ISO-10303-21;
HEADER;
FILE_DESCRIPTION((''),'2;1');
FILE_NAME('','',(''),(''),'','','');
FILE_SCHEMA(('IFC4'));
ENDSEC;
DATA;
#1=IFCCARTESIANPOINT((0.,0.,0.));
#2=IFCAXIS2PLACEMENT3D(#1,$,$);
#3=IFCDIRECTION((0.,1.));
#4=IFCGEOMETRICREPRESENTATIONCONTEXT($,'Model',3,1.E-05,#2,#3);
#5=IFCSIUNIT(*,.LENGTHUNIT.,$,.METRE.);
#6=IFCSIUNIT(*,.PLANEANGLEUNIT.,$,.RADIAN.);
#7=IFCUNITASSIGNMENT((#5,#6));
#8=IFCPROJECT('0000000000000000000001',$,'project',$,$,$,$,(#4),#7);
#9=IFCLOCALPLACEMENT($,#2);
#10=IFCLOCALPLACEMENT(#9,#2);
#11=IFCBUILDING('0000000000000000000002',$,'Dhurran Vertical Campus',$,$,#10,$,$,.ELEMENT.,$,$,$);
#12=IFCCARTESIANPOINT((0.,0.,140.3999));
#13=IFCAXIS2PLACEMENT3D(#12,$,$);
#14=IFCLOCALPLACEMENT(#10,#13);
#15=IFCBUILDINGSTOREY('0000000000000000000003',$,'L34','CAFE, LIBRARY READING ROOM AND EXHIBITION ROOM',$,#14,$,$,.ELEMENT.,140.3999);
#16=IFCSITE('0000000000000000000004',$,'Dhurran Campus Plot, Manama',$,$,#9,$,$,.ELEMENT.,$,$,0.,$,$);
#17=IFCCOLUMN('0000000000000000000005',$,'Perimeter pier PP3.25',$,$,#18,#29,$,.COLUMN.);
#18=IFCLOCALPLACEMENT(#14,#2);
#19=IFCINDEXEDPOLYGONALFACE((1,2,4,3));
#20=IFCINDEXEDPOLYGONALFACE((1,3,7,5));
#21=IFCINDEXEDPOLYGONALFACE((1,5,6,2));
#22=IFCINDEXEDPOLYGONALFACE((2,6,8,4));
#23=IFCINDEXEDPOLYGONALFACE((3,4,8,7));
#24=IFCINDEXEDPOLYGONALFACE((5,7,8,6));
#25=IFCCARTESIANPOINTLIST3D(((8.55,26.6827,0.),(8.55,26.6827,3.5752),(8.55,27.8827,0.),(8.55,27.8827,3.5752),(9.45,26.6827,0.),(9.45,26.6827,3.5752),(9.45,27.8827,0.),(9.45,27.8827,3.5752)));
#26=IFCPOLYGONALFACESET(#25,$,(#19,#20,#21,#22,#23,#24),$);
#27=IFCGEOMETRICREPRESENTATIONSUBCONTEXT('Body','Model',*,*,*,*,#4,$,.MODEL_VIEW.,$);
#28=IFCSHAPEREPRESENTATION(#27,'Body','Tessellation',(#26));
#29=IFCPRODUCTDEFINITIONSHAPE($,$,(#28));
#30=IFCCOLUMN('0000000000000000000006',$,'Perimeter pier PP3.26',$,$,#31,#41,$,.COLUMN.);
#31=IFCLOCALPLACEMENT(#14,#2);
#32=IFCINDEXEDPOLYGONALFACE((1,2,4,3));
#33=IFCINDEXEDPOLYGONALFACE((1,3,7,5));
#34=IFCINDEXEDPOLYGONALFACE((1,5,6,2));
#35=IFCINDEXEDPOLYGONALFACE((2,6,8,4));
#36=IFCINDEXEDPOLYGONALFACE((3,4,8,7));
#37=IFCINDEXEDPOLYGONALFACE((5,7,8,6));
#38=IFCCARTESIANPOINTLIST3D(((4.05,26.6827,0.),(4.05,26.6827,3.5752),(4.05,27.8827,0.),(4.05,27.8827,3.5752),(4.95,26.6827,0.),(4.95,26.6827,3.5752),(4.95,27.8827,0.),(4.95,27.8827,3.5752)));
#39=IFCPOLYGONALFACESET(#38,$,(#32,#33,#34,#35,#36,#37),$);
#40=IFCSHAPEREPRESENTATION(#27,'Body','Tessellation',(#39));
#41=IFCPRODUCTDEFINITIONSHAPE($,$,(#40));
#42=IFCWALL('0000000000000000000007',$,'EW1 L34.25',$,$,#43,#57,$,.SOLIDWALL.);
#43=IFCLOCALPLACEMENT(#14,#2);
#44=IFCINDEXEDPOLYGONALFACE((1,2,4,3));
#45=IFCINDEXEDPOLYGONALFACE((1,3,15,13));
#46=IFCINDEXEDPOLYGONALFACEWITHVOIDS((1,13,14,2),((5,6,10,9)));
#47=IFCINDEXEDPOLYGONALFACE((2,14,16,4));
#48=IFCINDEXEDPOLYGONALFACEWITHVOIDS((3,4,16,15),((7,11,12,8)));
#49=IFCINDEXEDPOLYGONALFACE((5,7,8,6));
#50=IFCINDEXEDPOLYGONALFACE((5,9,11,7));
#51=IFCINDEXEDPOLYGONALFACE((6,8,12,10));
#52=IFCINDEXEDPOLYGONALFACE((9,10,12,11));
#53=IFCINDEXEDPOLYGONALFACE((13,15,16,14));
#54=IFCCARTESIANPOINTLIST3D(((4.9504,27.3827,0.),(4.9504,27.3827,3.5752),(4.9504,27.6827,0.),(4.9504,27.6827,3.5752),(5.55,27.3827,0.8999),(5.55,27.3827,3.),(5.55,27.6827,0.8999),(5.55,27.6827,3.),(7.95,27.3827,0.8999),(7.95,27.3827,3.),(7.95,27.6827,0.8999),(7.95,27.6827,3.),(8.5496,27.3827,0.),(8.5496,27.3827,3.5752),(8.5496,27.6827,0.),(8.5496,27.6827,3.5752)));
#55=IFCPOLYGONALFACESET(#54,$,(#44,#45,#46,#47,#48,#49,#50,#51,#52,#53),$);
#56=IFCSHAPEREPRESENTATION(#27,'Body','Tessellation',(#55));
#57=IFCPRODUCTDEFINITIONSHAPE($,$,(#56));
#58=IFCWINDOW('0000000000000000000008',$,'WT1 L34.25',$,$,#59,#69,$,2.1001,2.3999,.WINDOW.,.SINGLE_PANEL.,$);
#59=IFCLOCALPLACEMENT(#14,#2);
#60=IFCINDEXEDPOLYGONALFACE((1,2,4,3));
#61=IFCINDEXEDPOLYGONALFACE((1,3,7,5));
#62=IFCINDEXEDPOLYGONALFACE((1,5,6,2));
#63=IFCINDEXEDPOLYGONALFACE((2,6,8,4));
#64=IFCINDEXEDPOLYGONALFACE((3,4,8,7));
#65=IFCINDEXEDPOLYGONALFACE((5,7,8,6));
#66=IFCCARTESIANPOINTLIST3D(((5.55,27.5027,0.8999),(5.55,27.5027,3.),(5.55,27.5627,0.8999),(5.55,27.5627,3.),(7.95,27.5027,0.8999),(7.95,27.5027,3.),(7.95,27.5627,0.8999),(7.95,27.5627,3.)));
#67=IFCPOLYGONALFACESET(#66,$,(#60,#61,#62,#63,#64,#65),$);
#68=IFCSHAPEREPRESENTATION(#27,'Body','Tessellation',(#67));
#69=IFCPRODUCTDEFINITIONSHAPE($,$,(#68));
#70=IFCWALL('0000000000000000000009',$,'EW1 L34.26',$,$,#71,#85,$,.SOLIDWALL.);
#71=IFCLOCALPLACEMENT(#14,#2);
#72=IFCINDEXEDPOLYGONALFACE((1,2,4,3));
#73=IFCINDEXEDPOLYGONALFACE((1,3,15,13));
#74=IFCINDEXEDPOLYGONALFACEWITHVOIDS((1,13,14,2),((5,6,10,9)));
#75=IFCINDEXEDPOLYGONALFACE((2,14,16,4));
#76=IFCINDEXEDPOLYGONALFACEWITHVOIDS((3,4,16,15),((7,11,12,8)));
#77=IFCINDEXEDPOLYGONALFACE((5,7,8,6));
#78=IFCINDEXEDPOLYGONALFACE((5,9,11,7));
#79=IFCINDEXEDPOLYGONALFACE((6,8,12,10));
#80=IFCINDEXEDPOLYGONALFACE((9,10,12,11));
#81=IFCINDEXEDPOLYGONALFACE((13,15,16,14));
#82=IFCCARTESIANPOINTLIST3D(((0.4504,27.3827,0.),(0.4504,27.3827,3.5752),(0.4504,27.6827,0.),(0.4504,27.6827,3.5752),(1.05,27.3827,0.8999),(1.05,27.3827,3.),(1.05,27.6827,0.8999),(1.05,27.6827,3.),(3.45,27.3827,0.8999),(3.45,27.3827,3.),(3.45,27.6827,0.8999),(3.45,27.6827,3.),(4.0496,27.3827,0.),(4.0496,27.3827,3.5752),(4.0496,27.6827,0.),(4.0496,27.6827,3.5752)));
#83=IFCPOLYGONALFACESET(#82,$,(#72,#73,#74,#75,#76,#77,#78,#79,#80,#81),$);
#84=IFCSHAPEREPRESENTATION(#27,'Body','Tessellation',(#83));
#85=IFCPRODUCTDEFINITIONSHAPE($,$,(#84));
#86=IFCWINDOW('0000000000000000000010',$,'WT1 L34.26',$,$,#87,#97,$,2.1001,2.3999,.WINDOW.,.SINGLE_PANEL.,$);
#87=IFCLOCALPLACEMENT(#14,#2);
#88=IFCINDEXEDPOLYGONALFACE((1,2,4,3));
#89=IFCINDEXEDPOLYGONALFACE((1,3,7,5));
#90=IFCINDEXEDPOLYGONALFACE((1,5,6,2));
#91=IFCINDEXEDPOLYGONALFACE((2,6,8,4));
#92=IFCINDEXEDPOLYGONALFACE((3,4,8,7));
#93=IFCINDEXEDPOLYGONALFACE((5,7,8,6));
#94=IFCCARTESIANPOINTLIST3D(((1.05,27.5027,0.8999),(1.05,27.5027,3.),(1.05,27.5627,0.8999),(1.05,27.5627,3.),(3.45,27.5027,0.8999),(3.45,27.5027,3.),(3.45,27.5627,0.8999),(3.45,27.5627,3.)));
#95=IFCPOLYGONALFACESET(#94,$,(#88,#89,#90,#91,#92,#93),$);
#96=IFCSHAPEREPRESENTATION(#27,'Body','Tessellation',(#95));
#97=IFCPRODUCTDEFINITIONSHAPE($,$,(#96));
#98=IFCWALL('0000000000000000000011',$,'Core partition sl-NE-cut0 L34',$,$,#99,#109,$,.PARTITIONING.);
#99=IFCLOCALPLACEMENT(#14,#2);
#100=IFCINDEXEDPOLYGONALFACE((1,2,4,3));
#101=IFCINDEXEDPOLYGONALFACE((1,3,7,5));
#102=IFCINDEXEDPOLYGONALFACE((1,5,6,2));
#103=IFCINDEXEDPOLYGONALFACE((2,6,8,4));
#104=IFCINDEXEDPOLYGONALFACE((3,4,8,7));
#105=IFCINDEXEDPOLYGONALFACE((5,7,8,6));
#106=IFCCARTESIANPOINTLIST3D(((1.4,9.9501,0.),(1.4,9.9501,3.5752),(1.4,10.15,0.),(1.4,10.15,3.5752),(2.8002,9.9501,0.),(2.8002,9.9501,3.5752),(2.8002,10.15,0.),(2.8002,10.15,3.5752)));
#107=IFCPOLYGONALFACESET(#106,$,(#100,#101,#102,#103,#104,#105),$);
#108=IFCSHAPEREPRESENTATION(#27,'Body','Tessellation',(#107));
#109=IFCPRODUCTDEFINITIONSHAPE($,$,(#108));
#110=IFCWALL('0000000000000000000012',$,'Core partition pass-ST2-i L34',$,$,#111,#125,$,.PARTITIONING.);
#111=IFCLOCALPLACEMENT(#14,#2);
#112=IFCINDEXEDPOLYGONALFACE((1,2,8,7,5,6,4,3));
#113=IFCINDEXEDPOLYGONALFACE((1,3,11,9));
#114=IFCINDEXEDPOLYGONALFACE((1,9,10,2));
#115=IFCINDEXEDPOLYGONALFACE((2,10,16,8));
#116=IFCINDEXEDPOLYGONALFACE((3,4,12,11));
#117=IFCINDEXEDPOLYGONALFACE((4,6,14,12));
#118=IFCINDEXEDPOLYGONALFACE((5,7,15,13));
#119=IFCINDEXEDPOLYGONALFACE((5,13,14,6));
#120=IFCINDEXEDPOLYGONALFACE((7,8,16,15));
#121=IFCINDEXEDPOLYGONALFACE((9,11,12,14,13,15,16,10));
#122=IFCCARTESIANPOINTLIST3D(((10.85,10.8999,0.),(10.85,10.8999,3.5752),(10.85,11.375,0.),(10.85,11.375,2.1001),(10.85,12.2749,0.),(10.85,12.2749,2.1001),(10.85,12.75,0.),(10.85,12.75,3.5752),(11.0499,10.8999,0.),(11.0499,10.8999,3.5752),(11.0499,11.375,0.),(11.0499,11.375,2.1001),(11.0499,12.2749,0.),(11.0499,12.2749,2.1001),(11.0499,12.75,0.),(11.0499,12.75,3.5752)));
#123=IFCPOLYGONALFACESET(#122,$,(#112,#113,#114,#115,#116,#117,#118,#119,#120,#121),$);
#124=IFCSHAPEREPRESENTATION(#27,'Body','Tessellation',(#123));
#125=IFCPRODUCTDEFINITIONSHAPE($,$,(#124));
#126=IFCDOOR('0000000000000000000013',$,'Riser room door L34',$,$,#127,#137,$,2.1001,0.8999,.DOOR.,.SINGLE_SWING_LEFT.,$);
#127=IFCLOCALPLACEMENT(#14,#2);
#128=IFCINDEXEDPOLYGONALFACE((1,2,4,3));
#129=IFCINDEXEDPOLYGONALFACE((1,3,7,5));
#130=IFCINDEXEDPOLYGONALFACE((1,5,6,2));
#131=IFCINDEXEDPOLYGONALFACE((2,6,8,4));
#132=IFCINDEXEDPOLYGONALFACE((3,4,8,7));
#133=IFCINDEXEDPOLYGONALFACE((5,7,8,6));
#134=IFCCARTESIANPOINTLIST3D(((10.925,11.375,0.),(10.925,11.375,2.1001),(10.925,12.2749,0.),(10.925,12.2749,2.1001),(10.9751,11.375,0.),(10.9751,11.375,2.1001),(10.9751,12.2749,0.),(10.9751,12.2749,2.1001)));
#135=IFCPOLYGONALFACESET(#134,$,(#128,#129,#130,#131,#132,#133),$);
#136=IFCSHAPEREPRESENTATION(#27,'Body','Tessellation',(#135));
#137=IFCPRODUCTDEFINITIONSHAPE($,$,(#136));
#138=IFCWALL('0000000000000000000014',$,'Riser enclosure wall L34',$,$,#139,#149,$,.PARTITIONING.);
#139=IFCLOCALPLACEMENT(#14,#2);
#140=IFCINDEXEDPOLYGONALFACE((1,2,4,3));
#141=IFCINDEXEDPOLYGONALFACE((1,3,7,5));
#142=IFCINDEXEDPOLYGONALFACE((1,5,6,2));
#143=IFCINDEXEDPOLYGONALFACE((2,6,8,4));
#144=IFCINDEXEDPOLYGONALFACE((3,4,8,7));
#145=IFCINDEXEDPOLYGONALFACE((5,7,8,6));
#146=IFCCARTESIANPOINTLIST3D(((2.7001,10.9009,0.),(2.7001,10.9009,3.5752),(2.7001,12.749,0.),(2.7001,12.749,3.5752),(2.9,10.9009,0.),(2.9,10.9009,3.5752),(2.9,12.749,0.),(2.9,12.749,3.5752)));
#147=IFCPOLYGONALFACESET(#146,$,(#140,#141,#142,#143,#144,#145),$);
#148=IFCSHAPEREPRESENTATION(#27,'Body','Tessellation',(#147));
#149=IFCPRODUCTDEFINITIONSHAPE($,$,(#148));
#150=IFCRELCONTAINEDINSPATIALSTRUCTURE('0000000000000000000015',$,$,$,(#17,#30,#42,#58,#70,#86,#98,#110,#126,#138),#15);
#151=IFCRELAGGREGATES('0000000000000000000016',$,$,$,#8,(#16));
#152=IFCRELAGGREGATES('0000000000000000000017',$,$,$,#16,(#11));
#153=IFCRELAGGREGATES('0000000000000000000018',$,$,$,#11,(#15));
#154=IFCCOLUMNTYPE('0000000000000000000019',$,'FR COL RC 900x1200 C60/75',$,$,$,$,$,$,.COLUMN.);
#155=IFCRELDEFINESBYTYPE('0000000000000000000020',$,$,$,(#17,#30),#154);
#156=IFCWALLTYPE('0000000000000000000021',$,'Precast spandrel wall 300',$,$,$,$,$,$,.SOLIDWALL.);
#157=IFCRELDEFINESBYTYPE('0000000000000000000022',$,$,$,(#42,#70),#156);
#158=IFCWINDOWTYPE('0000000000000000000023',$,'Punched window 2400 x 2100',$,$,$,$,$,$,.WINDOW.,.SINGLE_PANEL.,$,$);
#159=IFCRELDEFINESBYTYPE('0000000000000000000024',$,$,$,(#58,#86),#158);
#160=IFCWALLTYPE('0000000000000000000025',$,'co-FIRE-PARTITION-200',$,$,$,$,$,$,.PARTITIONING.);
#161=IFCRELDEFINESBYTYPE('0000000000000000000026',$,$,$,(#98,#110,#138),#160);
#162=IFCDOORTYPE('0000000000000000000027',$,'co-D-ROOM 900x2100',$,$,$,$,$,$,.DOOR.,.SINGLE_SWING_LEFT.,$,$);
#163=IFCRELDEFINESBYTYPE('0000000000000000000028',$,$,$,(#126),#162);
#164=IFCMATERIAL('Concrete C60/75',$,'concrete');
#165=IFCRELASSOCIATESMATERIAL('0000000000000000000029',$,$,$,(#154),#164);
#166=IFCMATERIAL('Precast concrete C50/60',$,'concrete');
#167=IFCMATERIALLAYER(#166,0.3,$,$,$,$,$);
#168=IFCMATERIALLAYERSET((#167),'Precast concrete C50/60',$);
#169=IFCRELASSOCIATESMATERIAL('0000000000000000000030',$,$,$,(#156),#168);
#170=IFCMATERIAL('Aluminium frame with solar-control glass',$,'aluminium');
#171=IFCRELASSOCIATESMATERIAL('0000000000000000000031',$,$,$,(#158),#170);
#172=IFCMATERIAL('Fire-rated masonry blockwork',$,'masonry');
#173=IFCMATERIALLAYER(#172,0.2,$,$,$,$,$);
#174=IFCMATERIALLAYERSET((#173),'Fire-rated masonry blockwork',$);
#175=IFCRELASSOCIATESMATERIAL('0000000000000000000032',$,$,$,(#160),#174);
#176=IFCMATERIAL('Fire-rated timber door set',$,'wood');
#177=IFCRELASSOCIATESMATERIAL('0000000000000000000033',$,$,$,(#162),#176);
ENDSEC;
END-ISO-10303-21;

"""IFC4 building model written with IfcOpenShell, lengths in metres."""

from ifc_helpers import new_model, si_unit, direction, frame, frame_2d, origin, origin_2d, place, context, subcontext, project, spatial, rectangle, extrude, material, layer, layer_set, material_profile, profile_set, type_object, element, fill, save


model = new_model("IFC4")

# Units and contexts
model_context = context("Model", 3, precision=1e-05, world=origin(), true_north=direction((0.0, 1.0)))
body_context = subcontext(model_context, "Body", "Model", "MODEL_VIEW")
ifc_project = project(units=[si_unit("LENGTHUNIT", "METRE"), si_unit("PLANEANGLEUNIT", "RADIAN")], contexts=[model_context])

# Site, building, storey
site_placement = place(None, origin())
site = spatial("IfcSite", under=ifc_project, at=site_placement, Name="Dhurran Campus Plot, Manama", CompositionType="ELEMENT", RefElevation=0.0)
building_placement = place(site_placement, origin())
building = spatial("IfcBuilding", under=site, at=building_placement, Name="Dhurran Vertical Campus", CompositionType="ELEMENT")
storey_placement = place(building_placement, frame((0.0, 0.0, 140.3999)))
storey = spatial("IfcBuildingStorey", under=building, at=storey_placement, Name="L34", Description="CAFE, LIBRARY READING ROOM AND EXHIBITION ROOM", CompositionType="ELEMENT", Elevation=140.3999)

# Columns
ifc_material_1 = material(Name="Concrete C60/75", Category="concrete")
ifc_material_profile = material_profile(ifc_material_1, rectangle(XDim=0.8999, YDim=1.2, at=origin_2d()), Name="RC 900x1200")
ifc_profile_set = profile_set([ifc_material_profile], Name="Concrete C60/75")
column_type = type_object("IfcColumnType", Name="FR COL RC 900x1200 C60/75", PredefinedType="COLUMN", material=ifc_profile_set)
for number, where, z_axis, x_axis, name in (
    (1, (9.0, 27.2827, 0.0), (0.0, 0.0, 1.0), (-1.0, 0.0, 0.0), "Perimeter pier PP3.25"),
    (2, (4.5, 27.2827, 0.0), (0.0, 0.0, 1.0), (-1.0, 0.0, 0.0), "Perimeter pier PP3.26"),
):
    element("IfcColumn", number, at=place(storey_placement, frame(where, z_axis=z_axis, x_axis=x_axis)), inside=storey, type_object=column_type, Name=name, PredefinedType="COLUMN", context=body_context, shape_type="SweptSolid", body=[
        extrude(rectangle(XDim=0.8999, YDim=1.2, at=origin_2d()), origin(), (0.0, 0.0, 1.0), 3.5752),
    ])

# Walls, openings, windows
ifc_material_2 = material(Name="Precast concrete C50/60", Category="concrete")
ifc_layer_1 = layer(ifc_material_2, 0.3)
ifc_layer_set_1 = layer_set([ifc_layer_1], Name="Precast concrete C50/60")
wall_type_1 = type_object("IfcWallType", Name="Precast spandrel wall 300", PredefinedType="SOLIDWALL", material=ifc_layer_set_1)
wall_1_placement = place(storey_placement, frame((8.5496, 27.5327, 0.0), z_axis=(0.0, 0.0, 1.0), x_axis=(-1.0, 0.0, 0.0)))
wall_1 = element("IfcWall", 3, at=wall_1_placement, inside=storey, type_object=wall_type_1, Name="EW1 L34.25", PredefinedType="SOLIDWALL", context=body_context, shape_type="SweptSolid", body=[
    extrude(rectangle(XDim=3.5991, YDim=0.3, at=frame_2d((1.7996, 0.0))), origin(), (0.0, 0.0, 1.0), 3.5752),
])
opening_1_placement = place(wall_1_placement, frame((0.5996, 0.0, 0.8999)))
opening_1 = element("IfcOpeningElement", 4, at=opening_1_placement, cuts=wall_1, PredefinedType="OPENING", context=body_context, shape_type="SweptSolid", body=[
    extrude(rectangle(XDim=2.3999, YDim=2.1001, at=frame_2d((1.2, 1.05))), frame((0.0, 0.1599, 0.0), z_axis=(0.0, -1.0, 0.0), x_axis=(1.0, 0.0, 0.0)), (0.0, 0.0, 1.0), 0.3201),
])
ifc_material_3 = material(Name="Aluminium frame with solar-control glass", Category="aluminium")
window_type = type_object("IfcWindowType", Name="Punched window 2400 x 2100", PartitioningType="SINGLE_PANEL", PredefinedType="WINDOW", material=ifc_material_3)
window_1_placement = place(opening_1_placement, origin())
window_1 = element("IfcWindow", 5, at=window_1_placement, inside=storey, type_object=window_type, Name="WT1 L34.25", OverallHeight=2.1001, OverallWidth=2.3999, PartitioningType="SINGLE_PANEL", PredefinedType="WINDOW", context=body_context, shape_type="SweptSolid", body=[
    extrude(rectangle(XDim=2.3999, YDim=2.1001, at=frame_2d((1.2, 1.05))), frame((0.0, 0.03, 0.0), z_axis=(0.0, -1.0, 0.0), x_axis=(1.0, 0.0, 0.0)), (0.0, 0.0, 1.0), 0.0601),
])
fill(opening_1, window_1)
wall_2_placement = place(storey_placement, frame((4.0496, 27.5327, 0.0), z_axis=(0.0, 0.0, 1.0), x_axis=(-1.0, 0.0, 0.0)))
wall_2 = element("IfcWall", 6, at=wall_2_placement, inside=storey, type_object=wall_type_1, Name="EW1 L34.26", PredefinedType="SOLIDWALL", context=body_context, shape_type="SweptSolid", body=[
    extrude(rectangle(XDim=3.5991, YDim=0.3, at=frame_2d((1.7996, 0.0))), origin(), (0.0, 0.0, 1.0), 3.5752),
])
opening_2_placement = place(wall_2_placement, frame((0.5996, 0.0, 0.8999)))
opening_2 = element("IfcOpeningElement", 7, at=opening_2_placement, cuts=wall_2, PredefinedType="OPENING", context=body_context, shape_type="SweptSolid", body=[
    extrude(rectangle(XDim=2.3999, YDim=2.1001, at=frame_2d((1.2, 1.05))), frame((0.0, 0.1599, 0.0), z_axis=(0.0, -1.0, 0.0), x_axis=(1.0, 0.0, 0.0)), (0.0, 0.0, 1.0), 0.3201),
])
window_2_placement = place(opening_2_placement, origin())
window_2 = element("IfcWindow", 8, at=window_2_placement, inside=storey, type_object=window_type, Name="WT1 L34.26", OverallHeight=2.1001, OverallWidth=2.3999, PartitioningType="SINGLE_PANEL", PredefinedType="WINDOW", context=body_context, shape_type="SweptSolid", body=[
    extrude(rectangle(XDim=2.3999, YDim=2.1001, at=frame_2d((1.2, 1.05))), frame((0.0, 0.03, 0.0), z_axis=(0.0, -1.0, 0.0), x_axis=(1.0, 0.0, 0.0)), (0.0, 0.0, 1.0), 0.0601),
])
fill(opening_2, window_2)

# Wall
ifc_material_4 = material(Name="Fire-rated masonry blockwork", Category="masonry")
ifc_layer_2 = layer(ifc_material_4, 0.2)
ifc_layer_set_2 = layer_set([ifc_layer_2], Name="Fire-rated masonry blockwork")
wall_type_2 = type_object("IfcWallType", Name="co-FIRE-PARTITION-200", PredefinedType="PARTITIONING", material=ifc_layer_set_2)
wall_3_placement = place(storey_placement, frame((1.3999, 10.05, 0.0), z_axis=(0.0, 0.0, 1.0), x_axis=(1.0, 0.0, 0.0)))
element("IfcWall", 9, at=wall_3_placement, inside=storey, type_object=wall_type_2, Name="Core partition sl-NE-cut0 L34", PredefinedType="PARTITIONING", context=body_context, shape_type="SweptSolid", body=[
    extrude(rectangle(XDim=1.4001, YDim=0.2, at=frame_2d((0.7002, 0.0))), origin(), (0.0, 0.0, 1.0), 3.5752),
])

# Wall, opening, door
wall_4_placement = place(storey_placement, frame((10.95, 10.8999, 0.0), z_axis=(0.0, 0.0, 1.0), x_axis=(0.0, 1.0, 0.0)))
wall_4 = element("IfcWall", 10, at=wall_4_placement, inside=storey, type_object=wall_type_2, Name="Core partition pass-ST2-i L34", PredefinedType="PARTITIONING", context=body_context, shape_type="SweptSolid", body=[
    extrude(rectangle(XDim=1.8501, YDim=0.2, at=frame_2d((0.925, 0.0))), origin(), (0.0, 0.0, 1.0), 3.5752),
])
opening_3_placement = place(wall_4_placement, frame((0.4751, 0.0, 0.0)))
opening_3 = element("IfcOpeningElement", 11, at=opening_3_placement, cuts=wall_4, PredefinedType="OPENING", context=body_context, shape_type="SweptSolid", body=[
    extrude(rectangle(XDim=0.8999, YDim=2.1001, at=frame_2d((0.45, 1.05))), frame((0.0, 0.1099, 0.0), z_axis=(0.0, -1.0, 0.0), x_axis=(1.0, 0.0, 0.0)), (0.0, 0.0, 1.0), 0.22),
])
ifc_material_5 = material(Name="Fire-rated timber door set", Category="wood")
door_type_1 = type_object("IfcDoorType", Name="co-D-ROOM 900x2100", OperationType="SINGLE_SWING_LEFT", PredefinedType="DOOR", material=ifc_material_5)
door_1_placement = place(opening_3_placement, origin())
door_1 = element("IfcDoor", 12, at=door_1_placement, inside=storey, type_object=door_type_1, Name="Riser room door L34", OperationType="SINGLE_SWING_LEFT", OverallHeight=2.1001, OverallWidth=0.8999, PredefinedType="DOOR", context=body_context, shape_type="SweptSolid", body=[
    extrude(rectangle(XDim=0.8999, YDim=2.1001, at=frame_2d((0.45, 1.05))), frame((0.0, 0.0249, 0.0), z_axis=(0.0, -1.0, 0.0), x_axis=(1.0, 0.0, 0.0)), (0.0, 0.0, 1.0), 0.05),
])
fill(opening_3, door_1)

# Wall
wall_5_placement = place(storey_placement, frame((2.8, 12.749, 0.0), z_axis=(0.0, 0.0, 1.0), x_axis=(0.0, -1.0, 0.0)))
element("IfcWall", 13, at=wall_5_placement, inside=storey, type_object=wall_type_2, Name="Riser enclosure wall L34", PredefinedType="PARTITIONING", context=body_context, shape_type="SweptSolid", body=[
    extrude(rectangle(XDim=1.8481, YDim=0.2, at=frame_2d((0.9241, 0.0))), origin(), (0.0, 0.0, 1.0), 3.5752),
])

save(model, "model.ifc")
